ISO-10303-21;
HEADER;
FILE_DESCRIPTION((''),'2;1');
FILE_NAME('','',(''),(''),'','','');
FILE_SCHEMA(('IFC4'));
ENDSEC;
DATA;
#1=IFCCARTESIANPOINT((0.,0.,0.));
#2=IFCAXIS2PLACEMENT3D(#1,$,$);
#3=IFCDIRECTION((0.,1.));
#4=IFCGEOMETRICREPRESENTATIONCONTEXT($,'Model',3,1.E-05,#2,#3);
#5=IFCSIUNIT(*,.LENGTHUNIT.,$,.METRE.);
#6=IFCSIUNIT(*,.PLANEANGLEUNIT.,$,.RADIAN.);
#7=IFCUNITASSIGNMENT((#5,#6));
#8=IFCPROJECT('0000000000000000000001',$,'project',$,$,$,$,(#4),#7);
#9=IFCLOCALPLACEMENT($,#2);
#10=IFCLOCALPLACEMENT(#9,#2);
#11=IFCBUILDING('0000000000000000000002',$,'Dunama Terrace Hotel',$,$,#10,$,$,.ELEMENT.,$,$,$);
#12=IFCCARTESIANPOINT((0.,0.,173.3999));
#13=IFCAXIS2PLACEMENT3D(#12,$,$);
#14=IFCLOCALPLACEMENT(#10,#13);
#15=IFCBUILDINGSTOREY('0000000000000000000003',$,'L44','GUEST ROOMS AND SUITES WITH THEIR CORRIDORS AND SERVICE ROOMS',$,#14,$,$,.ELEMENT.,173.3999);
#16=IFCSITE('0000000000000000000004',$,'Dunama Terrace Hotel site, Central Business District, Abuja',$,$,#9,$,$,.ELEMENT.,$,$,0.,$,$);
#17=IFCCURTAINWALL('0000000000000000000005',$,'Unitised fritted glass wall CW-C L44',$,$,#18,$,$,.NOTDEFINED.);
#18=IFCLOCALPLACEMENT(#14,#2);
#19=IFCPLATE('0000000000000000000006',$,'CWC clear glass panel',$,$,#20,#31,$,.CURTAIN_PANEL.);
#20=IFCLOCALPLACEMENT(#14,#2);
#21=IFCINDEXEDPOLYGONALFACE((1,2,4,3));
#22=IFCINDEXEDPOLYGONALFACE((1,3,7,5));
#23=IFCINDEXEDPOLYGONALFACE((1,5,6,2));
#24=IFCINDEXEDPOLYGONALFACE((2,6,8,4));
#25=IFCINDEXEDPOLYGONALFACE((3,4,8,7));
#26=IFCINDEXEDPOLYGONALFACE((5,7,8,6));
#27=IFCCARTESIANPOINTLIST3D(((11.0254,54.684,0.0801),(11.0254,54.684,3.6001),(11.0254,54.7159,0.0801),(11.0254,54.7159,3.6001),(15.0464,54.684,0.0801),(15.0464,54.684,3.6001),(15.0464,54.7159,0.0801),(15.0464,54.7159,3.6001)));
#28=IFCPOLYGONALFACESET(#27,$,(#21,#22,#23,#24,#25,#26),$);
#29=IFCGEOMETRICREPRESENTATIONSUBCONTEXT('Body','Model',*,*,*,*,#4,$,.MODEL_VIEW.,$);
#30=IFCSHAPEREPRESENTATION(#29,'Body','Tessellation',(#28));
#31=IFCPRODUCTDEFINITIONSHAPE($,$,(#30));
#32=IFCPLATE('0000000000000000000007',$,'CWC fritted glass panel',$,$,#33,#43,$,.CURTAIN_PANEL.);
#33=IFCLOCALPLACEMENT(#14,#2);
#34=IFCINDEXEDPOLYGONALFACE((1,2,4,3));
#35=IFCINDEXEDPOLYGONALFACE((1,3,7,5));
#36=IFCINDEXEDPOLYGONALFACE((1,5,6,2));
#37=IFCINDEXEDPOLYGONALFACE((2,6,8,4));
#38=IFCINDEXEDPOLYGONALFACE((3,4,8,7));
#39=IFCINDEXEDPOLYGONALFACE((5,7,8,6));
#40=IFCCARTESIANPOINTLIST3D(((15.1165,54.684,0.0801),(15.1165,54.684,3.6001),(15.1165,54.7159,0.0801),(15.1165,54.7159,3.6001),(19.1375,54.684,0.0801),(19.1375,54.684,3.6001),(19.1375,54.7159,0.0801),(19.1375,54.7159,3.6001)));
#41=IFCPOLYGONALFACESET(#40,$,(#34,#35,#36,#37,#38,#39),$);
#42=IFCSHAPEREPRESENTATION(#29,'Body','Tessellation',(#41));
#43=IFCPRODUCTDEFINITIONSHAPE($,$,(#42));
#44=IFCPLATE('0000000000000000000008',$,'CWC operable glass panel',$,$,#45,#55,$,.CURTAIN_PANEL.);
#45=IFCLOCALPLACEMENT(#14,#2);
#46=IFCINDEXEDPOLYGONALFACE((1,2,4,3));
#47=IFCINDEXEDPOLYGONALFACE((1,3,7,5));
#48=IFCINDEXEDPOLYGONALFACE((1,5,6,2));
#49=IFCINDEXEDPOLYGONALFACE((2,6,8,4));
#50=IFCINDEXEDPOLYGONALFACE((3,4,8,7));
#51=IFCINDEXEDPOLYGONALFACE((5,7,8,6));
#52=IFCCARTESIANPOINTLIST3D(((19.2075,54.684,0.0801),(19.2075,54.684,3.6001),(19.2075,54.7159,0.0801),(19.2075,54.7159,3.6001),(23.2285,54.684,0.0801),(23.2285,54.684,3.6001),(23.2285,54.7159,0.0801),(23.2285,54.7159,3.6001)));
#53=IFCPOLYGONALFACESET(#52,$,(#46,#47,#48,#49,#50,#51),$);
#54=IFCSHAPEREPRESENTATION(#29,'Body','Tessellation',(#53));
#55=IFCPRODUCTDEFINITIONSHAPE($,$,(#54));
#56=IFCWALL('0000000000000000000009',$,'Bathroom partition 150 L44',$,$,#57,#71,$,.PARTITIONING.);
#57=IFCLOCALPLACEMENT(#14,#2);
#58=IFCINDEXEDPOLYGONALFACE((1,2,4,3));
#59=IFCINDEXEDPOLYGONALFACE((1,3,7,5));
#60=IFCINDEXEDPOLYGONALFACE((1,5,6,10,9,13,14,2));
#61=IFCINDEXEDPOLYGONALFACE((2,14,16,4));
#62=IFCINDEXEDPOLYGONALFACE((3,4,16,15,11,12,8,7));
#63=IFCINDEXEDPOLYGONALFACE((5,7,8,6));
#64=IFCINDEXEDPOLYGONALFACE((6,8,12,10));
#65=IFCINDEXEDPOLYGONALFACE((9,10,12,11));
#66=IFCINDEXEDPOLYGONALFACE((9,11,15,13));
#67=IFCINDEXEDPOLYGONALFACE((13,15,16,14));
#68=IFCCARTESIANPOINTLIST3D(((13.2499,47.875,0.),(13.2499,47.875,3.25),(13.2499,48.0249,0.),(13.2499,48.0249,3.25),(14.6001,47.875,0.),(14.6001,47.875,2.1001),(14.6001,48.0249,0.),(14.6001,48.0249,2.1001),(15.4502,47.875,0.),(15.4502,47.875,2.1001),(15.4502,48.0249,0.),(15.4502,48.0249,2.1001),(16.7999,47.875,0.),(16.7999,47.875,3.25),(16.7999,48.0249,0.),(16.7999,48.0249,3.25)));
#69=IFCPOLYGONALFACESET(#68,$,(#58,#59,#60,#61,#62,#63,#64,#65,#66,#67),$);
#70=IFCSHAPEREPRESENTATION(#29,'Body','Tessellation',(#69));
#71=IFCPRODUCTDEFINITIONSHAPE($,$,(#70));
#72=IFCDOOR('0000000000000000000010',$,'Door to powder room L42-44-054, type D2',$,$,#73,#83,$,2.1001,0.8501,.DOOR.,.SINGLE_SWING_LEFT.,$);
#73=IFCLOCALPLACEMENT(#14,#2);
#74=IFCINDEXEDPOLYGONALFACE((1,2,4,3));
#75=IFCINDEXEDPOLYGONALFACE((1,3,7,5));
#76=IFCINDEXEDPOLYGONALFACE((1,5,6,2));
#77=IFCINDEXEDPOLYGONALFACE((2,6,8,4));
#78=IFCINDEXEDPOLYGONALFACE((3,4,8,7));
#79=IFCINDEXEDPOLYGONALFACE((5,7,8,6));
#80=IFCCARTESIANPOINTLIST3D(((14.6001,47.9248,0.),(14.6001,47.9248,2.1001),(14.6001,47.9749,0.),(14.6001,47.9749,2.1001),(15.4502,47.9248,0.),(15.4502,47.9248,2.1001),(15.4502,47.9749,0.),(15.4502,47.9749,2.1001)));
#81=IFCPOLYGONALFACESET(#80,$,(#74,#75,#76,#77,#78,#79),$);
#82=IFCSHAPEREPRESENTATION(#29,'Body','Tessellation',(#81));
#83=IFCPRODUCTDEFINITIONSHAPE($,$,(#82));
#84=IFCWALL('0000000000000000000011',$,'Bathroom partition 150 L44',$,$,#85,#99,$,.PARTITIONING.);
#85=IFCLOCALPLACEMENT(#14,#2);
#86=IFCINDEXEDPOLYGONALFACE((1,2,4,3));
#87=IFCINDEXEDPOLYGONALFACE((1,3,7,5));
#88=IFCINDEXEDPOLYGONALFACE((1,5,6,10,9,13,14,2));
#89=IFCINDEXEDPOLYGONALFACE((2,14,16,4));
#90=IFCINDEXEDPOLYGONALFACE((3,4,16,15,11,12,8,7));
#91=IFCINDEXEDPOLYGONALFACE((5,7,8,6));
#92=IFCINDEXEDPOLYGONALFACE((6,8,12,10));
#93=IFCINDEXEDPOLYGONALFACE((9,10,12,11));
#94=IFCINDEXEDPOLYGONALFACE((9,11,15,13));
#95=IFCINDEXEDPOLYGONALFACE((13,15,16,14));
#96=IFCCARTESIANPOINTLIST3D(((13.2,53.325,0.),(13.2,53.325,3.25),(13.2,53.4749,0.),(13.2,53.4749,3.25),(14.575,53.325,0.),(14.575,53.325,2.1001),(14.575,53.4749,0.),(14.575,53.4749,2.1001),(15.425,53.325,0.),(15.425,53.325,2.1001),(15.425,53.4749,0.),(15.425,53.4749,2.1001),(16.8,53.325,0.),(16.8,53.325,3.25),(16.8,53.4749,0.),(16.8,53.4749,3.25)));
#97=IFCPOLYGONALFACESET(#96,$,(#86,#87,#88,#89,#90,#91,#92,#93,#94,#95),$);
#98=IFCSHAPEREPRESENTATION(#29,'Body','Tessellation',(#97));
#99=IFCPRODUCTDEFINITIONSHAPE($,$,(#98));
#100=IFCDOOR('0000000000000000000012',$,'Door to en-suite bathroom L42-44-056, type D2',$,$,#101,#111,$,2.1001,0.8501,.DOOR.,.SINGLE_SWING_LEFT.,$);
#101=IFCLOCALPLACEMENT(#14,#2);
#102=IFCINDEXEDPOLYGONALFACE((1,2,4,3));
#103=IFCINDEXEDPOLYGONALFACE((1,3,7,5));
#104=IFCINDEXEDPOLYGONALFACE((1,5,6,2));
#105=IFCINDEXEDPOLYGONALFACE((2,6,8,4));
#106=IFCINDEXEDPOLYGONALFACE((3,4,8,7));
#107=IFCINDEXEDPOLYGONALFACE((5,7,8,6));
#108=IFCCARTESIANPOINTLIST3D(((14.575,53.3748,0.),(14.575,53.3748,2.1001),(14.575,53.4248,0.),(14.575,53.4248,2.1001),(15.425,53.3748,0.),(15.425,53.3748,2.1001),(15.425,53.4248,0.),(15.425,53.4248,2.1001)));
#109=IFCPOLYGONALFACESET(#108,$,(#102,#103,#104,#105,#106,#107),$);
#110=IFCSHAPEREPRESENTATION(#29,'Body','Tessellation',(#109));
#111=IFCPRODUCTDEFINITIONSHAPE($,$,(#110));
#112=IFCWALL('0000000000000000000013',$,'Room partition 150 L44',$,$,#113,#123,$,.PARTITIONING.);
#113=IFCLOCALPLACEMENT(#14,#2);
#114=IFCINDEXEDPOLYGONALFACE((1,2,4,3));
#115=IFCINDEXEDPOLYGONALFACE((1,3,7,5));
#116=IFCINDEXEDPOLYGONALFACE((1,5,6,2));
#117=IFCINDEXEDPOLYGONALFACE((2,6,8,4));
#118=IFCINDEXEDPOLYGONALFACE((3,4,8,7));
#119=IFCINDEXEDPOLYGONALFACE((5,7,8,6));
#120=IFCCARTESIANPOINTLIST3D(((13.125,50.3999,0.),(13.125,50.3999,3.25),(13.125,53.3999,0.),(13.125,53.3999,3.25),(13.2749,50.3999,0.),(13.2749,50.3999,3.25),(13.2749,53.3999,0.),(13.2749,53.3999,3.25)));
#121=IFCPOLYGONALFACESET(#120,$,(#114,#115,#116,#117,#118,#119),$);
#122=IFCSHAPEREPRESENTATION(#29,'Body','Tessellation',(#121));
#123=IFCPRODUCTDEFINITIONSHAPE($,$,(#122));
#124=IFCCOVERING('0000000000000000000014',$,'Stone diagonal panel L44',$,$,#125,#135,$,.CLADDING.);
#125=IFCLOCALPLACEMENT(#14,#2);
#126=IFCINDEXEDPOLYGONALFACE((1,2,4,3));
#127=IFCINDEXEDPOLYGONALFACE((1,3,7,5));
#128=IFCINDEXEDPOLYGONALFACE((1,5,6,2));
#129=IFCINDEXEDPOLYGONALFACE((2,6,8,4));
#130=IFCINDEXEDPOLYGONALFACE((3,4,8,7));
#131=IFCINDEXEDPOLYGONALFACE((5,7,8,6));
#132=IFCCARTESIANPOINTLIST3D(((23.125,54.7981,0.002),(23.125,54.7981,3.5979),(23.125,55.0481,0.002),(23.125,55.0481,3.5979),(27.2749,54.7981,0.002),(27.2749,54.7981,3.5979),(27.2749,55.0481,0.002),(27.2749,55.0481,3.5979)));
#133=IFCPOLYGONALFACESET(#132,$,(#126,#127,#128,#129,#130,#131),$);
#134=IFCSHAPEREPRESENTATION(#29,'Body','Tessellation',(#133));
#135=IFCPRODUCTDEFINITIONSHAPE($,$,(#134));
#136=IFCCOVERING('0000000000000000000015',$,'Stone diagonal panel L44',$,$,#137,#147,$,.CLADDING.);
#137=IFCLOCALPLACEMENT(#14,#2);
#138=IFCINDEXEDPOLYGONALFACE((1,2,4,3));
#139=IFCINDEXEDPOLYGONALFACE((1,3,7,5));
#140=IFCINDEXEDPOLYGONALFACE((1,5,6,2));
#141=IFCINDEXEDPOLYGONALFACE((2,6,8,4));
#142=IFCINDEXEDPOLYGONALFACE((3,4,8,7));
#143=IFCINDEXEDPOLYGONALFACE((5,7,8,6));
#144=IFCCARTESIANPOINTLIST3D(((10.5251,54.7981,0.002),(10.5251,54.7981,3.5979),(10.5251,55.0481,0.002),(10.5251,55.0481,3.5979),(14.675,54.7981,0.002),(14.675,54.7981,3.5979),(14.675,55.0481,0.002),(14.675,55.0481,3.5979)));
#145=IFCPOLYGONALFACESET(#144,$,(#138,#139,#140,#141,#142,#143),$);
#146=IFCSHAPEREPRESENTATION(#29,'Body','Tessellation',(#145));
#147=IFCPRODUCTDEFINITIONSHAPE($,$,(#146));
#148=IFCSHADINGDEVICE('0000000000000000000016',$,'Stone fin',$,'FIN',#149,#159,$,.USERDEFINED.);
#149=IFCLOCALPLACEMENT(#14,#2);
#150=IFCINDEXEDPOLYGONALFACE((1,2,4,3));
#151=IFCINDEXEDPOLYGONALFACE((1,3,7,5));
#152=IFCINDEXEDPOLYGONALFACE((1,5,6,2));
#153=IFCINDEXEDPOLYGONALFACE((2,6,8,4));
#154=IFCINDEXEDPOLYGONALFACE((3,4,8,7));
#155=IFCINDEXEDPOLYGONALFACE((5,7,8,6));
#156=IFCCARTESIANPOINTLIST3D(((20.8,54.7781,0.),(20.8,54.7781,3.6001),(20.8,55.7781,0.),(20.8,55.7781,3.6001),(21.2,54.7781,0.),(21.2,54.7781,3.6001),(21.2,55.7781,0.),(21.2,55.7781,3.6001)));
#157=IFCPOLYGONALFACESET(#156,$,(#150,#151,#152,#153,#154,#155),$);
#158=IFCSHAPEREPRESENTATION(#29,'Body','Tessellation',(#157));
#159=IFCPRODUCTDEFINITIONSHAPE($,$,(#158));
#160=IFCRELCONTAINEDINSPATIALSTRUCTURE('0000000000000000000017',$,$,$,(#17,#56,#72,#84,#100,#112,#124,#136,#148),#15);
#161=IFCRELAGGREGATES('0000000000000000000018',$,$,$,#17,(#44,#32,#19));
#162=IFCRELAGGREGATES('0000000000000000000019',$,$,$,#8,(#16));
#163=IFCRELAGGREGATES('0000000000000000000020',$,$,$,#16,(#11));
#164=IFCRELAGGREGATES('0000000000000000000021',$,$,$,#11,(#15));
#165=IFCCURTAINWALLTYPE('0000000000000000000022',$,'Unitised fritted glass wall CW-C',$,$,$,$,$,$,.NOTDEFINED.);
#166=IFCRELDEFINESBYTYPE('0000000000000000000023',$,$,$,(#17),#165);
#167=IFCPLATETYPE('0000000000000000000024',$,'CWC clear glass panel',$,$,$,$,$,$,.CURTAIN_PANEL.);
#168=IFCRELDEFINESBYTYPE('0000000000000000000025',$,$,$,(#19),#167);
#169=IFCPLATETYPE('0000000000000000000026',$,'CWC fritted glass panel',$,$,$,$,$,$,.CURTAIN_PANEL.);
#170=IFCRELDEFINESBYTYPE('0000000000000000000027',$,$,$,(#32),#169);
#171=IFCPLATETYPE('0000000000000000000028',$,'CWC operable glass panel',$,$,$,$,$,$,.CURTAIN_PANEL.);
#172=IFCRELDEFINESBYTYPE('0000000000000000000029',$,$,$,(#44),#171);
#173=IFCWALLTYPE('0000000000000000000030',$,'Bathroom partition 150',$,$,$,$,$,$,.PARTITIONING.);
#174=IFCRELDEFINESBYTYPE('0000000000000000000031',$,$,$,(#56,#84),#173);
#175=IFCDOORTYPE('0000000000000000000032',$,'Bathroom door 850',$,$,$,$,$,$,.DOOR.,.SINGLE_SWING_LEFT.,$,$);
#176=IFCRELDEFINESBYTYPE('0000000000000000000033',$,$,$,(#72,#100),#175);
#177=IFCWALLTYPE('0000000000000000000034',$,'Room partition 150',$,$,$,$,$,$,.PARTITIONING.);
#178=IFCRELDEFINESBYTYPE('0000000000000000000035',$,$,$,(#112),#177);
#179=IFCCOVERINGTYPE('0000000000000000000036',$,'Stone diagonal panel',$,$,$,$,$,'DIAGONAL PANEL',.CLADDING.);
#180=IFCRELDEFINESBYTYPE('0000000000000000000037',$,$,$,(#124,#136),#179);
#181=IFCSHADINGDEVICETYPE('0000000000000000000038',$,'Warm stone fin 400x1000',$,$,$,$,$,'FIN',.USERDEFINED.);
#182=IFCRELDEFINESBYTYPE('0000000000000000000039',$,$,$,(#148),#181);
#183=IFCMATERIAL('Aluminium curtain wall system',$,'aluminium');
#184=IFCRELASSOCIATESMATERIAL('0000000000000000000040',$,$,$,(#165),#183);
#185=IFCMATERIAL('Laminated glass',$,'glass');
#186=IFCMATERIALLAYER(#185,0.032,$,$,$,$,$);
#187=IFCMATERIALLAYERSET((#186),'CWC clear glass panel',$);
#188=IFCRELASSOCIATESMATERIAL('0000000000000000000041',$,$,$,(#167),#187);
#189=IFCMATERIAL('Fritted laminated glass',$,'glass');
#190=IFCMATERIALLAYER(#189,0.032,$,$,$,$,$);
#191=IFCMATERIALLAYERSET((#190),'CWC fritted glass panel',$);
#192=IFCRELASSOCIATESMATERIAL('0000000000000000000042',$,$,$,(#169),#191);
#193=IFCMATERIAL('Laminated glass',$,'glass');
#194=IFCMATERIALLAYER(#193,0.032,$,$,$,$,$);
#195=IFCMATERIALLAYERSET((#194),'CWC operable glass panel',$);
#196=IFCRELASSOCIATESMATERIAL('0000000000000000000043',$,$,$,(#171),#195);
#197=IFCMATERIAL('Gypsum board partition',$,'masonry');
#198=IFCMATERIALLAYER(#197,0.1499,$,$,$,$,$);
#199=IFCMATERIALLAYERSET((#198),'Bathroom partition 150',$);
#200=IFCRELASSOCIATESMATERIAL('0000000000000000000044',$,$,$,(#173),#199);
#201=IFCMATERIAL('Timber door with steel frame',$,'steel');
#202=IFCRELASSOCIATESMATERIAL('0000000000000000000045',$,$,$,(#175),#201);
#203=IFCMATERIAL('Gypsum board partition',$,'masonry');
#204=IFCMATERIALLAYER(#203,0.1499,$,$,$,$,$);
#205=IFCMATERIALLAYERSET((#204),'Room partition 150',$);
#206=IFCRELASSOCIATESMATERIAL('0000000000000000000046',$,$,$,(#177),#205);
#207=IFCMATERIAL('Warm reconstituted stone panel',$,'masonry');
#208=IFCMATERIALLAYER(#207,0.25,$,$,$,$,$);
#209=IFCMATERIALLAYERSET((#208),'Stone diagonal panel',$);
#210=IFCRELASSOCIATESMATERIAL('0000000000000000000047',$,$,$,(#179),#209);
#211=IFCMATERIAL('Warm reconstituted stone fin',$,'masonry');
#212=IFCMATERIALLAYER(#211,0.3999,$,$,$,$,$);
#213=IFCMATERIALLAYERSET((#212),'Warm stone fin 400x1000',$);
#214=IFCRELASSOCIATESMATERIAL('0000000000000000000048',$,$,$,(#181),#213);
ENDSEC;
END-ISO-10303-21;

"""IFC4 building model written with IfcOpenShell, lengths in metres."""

from ifc_helpers import new_model, si_unit, direction, frame, frame_2d, origin, origin_2d, place, context, subcontext, project, spatial, rectangle, extrude, material, layer, layer_set, type_object, element, fill, aggregate, save


model = new_model("IFC4")

# Units and contexts
model_context = context("Model", 3, precision=1e-05, world=origin(), true_north=direction((0.0, 1.0)))
body_context = subcontext(model_context, "Body", "Model", "MODEL_VIEW")
ifc_project = project(units=[si_unit("LENGTHUNIT", "METRE"), si_unit("PLANEANGLEUNIT", "RADIAN")], contexts=[model_context])

# Site, building, storey
site_placement = place(None, origin())
site = spatial("IfcSite", under=ifc_project, at=site_placement, Name="Dunama Terrace Hotel site, Central Business District, Abuja", CompositionType="ELEMENT", RefElevation=0.0)
building_placement = place(site_placement, origin())
building = spatial("IfcBuilding", under=site, at=building_placement, Name="Dunama Terrace Hotel", CompositionType="ELEMENT")
storey_placement = place(building_placement, frame((0.0, 0.0, 173.3999)))
storey = spatial("IfcBuildingStorey", under=building, at=storey_placement, Name="L44", Description="GUEST ROOMS AND SUITES WITH THEIR CORRIDORS AND SERVICE ROOMS", CompositionType="ELEMENT", Elevation=173.3999)

# Curtain wall
ifc_material_1 = material(Name="Aluminium curtain wall system", Category="aluminium")
curtain_wall_type = type_object("IfcCurtainWallType", Name="Unitised fritted glass wall CW-C", PredefinedType="NOTDEFINED", material=ifc_material_1)
curtain_wall_placement = place(storey_placement, origin())
curtain_wall = element("IfcCurtainWall", 1, at=curtain_wall_placement, inside=storey, type_object=curtain_wall_type, Name="Unitised fritted glass wall CW-C L44", PredefinedType="NOTDEFINED")

# Plates
ifc_material_2 = material(Name="Laminated glass", Category="glass")
ifc_layer_1 = layer(ifc_material_2, 0.032)
ifc_layer_set_1 = layer_set([ifc_layer_1], Name="CWC clear glass panel")
plate_type_1 = type_object("IfcPlateType", Name="CWC clear glass panel", PredefinedType="CURTAIN_PANEL", material=ifc_layer_set_1)
plate_1_placement = place(storey_placement, frame((13.0359, 54.7, 0.0801), z_axis=(0.0, 0.0, 1.0), x_axis=(-1.0, 0.0, 0.0)))
plate_1 = element("IfcPlate", 2, at=plate_1_placement, type_object=plate_type_1, Name="CWC clear glass panel", PredefinedType="CURTAIN_PANEL", context=body_context, shape_type="SweptSolid", body=[
    extrude(rectangle(XDim=4.021, YDim=0.032, at=origin_2d()), origin(), (0.0, 0.0, 1.0), 3.52),
])
ifc_material_3 = material(Name="Fritted laminated glass", Category="glass")
ifc_layer_2 = layer(ifc_material_3, 0.032)
ifc_layer_set_2 = layer_set([ifc_layer_2], Name="CWC fritted glass panel")
plate_type_2 = type_object("IfcPlateType", Name="CWC fritted glass panel", PredefinedType="CURTAIN_PANEL", material=ifc_layer_set_2)
plate_2_placement = place(storey_placement, frame((17.127, 54.7, 0.0801), z_axis=(0.0, 0.0, 1.0), x_axis=(-1.0, 0.0, 0.0)))
plate_2 = element("IfcPlate", 3, at=plate_2_placement, type_object=plate_type_2, Name="CWC fritted glass panel", PredefinedType="CURTAIN_PANEL", context=body_context, shape_type="SweptSolid", body=[
    extrude(rectangle(XDim=4.021, YDim=0.032, at=origin_2d()), origin(), (0.0, 0.0, 1.0), 3.52),
])
ifc_material_4 = material(Name="Laminated glass", Category="glass")
ifc_layer_3 = layer(ifc_material_4, 0.032)
ifc_layer_set_3 = layer_set([ifc_layer_3], Name="CWC operable glass panel")
plate_type_3 = type_object("IfcPlateType", Name="CWC operable glass panel", PredefinedType="CURTAIN_PANEL", material=ifc_layer_set_3)
plate_3_placement = place(storey_placement, frame((21.218, 54.7, 0.0801), z_axis=(0.0, 0.0, 1.0), x_axis=(-1.0, 0.0, 0.0)))
plate_3 = element("IfcPlate", 4, at=plate_3_placement, type_object=plate_type_3, Name="CWC operable glass panel", PredefinedType="CURTAIN_PANEL", context=body_context, shape_type="SweptSolid", body=[
    extrude(rectangle(XDim=4.021, YDim=0.032, at=origin_2d()), origin(), (0.0, 0.0, 1.0), 3.52),
])
aggregate(curtain_wall, [plate_3, plate_2, plate_1])

# Walls, openings, doors
ifc_material_5 = material(Name="Gypsum board partition", Category="masonry")
ifc_layer_4 = layer(ifc_material_5, 0.1499)
ifc_layer_set_4 = layer_set([ifc_layer_4], Name="Bathroom partition 150")
wall_type_1 = type_object("IfcWallType", Name="Bathroom partition 150", PredefinedType="PARTITIONING", material=ifc_layer_set_4)
wall_1_placement = place(storey_placement, frame((13.25, 47.95, 0.0), z_axis=(0.0, 0.0, 1.0), x_axis=(1.0, 0.0, 0.0)))
wall_1 = element("IfcWall", 5, at=wall_1_placement, inside=storey, type_object=wall_type_1, Name="Bathroom partition 150 L44", PredefinedType="PARTITIONING", context=body_context, shape_type="SweptSolid", body=[
    extrude(rectangle(XDim=3.55, YDim=0.1499, at=frame_2d((1.7749, 0.0))), origin(), (0.0, 0.0, 1.0), 3.25),
])
opening_1_placement = place(wall_1_placement, frame((1.3501, 0.0, 0.0)))
opening_1 = element("IfcOpeningElement", 6, at=opening_1_placement, cuts=wall_1, PredefinedType="OPENING", context=body_context, shape_type="SweptSolid", body=[
    extrude(rectangle(XDim=0.8501, YDim=2.1001, at=frame_2d((0.425, 1.05))), frame((0.0, 0.085, 0.0), z_axis=(0.0, -1.0, 0.0), x_axis=(1.0, 0.0, 0.0)), (0.0, 0.0, 1.0), 0.1699),
])
ifc_material_6 = material(Name="Timber door with steel frame", Category="steel")
door_type = type_object("IfcDoorType", Name="Bathroom door 850", OperationType="SINGLE_SWING_LEFT", PredefinedType="DOOR", material=ifc_material_6)
door_1_placement = place(opening_1_placement, frame((0.8501, 0.0, 0.0), z_axis=(0.0, 0.0, 1.0), x_axis=(-1.0, 0.0, 0.0)))
door_1 = element("IfcDoor", 7, at=door_1_placement, inside=storey, type_object=door_type, Name="Door to powder room L42-44-054, type D2", OperationType="SINGLE_SWING_LEFT", OverallHeight=2.1001, OverallWidth=0.8501, PredefinedType="DOOR", context=body_context, shape_type="SweptSolid", body=[
    extrude(rectangle(XDim=0.8501, YDim=2.1001, at=frame_2d((0.425, 1.05))), frame((0.0, 0.0251, 0.0), z_axis=(0.0, -1.0, 0.0), x_axis=(1.0, 0.0, 0.0)), (0.0, 0.0, 1.0), 0.05),
])
fill(opening_1, door_1)
wall_2_placement = place(storey_placement, frame((13.2, 53.3999, 0.0), z_axis=(0.0, 0.0, 1.0), x_axis=(1.0, 0.0, 0.0)))
wall_2 = element("IfcWall", 8, at=wall_2_placement, inside=storey, type_object=wall_type_1, Name="Bathroom partition 150 L44", PredefinedType="PARTITIONING", context=body_context, shape_type="SweptSolid", body=[
    extrude(rectangle(XDim=3.6001, YDim=0.1499, at=frame_2d((1.8, 0.0))), origin(), (0.0, 0.0, 1.0), 3.25),
])
opening_2_placement = place(wall_2_placement, frame((1.375, 0.0, 0.0)))
opening_2 = element("IfcOpeningElement", 9, at=opening_2_placement, cuts=wall_2, PredefinedType="OPENING", context=body_context, shape_type="SweptSolid", body=[
    extrude(rectangle(XDim=0.8501, YDim=2.1001, at=frame_2d((0.425, 1.05))), frame((0.0, 0.085, 0.0), z_axis=(0.0, -1.0, 0.0), x_axis=(1.0, 0.0, 0.0)), (0.0, 0.0, 1.0), 0.1699),
])
door_2_placement = place(opening_2_placement, frame((0.8501, 0.0, 0.0), z_axis=(0.0, 0.0, 1.0), x_axis=(-1.0, 0.0, 0.0)))
door_2 = element("IfcDoor", 10, at=door_2_placement, inside=storey, type_object=door_type, Name="Door to en-suite bathroom L42-44-056, type D2", OperationType="SINGLE_SWING_LEFT", OverallHeight=2.1001, OverallWidth=0.8501, PredefinedType="DOOR", context=body_context, shape_type="SweptSolid", body=[
    extrude(rectangle(XDim=0.8501, YDim=2.1001, at=frame_2d((0.425, 1.05))), frame((0.0, 0.0251, 0.0), z_axis=(0.0, -1.0, 0.0), x_axis=(1.0, 0.0, 0.0)), (0.0, 0.0, 1.0), 0.05),
])
fill(opening_2, door_2)

# Wall
ifc_material_7 = material(Name="Gypsum board partition", Category="masonry")
ifc_layer_5 = layer(ifc_material_7, 0.1499)
ifc_layer_set_5 = layer_set([ifc_layer_5], Name="Room partition 150")
wall_type_2 = type_object("IfcWallType", Name="Room partition 150", PredefinedType="PARTITIONING", material=ifc_layer_set_5)
wall_3_placement = place(storey_placement, frame((13.2, 50.3999, 0.0), z_axis=(0.0, 0.0, 1.0), x_axis=(0.0, 1.0, 0.0)))
element("IfcWall", 11, at=wall_3_placement, inside=storey, type_object=wall_type_2, Name="Room partition 150 L44", PredefinedType="PARTITIONING", context=body_context, shape_type="SweptSolid", body=[
    extrude(rectangle(XDim=3.0, YDim=0.1499, at=frame_2d((1.5, 0.0))), origin(), (0.0, 0.0, 1.0), 3.25),
])

# Coverings
ifc_material_8 = material(Name="Warm reconstituted stone panel", Category="masonry")
ifc_layer_6 = layer(ifc_material_8, 0.25)
ifc_layer_set_6 = layer_set([ifc_layer_6], Name="Stone diagonal panel")
covering_type = type_object("IfcCoveringType", Name="Stone diagonal panel", ElementType="DIAGONAL PANEL", PredefinedType="CLADDING", material=ifc_layer_set_6)
for number, where, z_axis, x_axis, name in (
    (12, (25.2, 54.9231, 0.002), (0.0, 0.0, 1.0), (-1.0, 0.0, 0.0), "Stone diagonal panel L44"),
    (13, (12.6001, 54.9231, 0.002), (0.0, 0.0, 1.0), (-1.0, 0.0, 0.0), "Stone diagonal panel L44"),
):
    element("IfcCovering", number, at=place(storey_placement, frame(where, z_axis=z_axis, x_axis=x_axis)), inside=storey, type_object=covering_type, Name=name, PredefinedType="CLADDING", context=body_context, shape_type="SweptSolid", body=[
        extrude(rectangle(XDim=4.1499, YDim=0.25, at=origin_2d()), origin(), (0.0, 0.0, 1.0), 3.5959),
    ])

# Shading device
ifc_material_9 = material(Name="Warm reconstituted stone fin", Category="masonry")
ifc_layer_7 = layer(ifc_material_9, 0.3999)
ifc_layer_set_7 = layer_set([ifc_layer_7], Name="Warm stone fin 400x1000")
shading_device_type = type_object("IfcShadingDeviceType", Name="Warm stone fin 400x1000", ElementType="FIN", PredefinedType="USERDEFINED", material=ifc_layer_set_7)
shading_device_placement = place(storey_placement, frame((21.0, 55.2781, 0.0), z_axis=(0.0, 0.0, 1.0), x_axis=(-1.0, 0.0, 0.0)))
element("IfcShadingDevice", 14, at=shading_device_placement, inside=storey, type_object=shading_device_type, Name="Stone fin", ObjectType="FIN", PredefinedType="USERDEFINED", context=body_context, shape_type="SweptSolid", body=[
    extrude(rectangle(XDim=0.3999, YDim=1.0, at=origin_2d()), origin(), (0.0, 0.0, 1.0), 3.6001),
])

save(model, "model.ifc")
